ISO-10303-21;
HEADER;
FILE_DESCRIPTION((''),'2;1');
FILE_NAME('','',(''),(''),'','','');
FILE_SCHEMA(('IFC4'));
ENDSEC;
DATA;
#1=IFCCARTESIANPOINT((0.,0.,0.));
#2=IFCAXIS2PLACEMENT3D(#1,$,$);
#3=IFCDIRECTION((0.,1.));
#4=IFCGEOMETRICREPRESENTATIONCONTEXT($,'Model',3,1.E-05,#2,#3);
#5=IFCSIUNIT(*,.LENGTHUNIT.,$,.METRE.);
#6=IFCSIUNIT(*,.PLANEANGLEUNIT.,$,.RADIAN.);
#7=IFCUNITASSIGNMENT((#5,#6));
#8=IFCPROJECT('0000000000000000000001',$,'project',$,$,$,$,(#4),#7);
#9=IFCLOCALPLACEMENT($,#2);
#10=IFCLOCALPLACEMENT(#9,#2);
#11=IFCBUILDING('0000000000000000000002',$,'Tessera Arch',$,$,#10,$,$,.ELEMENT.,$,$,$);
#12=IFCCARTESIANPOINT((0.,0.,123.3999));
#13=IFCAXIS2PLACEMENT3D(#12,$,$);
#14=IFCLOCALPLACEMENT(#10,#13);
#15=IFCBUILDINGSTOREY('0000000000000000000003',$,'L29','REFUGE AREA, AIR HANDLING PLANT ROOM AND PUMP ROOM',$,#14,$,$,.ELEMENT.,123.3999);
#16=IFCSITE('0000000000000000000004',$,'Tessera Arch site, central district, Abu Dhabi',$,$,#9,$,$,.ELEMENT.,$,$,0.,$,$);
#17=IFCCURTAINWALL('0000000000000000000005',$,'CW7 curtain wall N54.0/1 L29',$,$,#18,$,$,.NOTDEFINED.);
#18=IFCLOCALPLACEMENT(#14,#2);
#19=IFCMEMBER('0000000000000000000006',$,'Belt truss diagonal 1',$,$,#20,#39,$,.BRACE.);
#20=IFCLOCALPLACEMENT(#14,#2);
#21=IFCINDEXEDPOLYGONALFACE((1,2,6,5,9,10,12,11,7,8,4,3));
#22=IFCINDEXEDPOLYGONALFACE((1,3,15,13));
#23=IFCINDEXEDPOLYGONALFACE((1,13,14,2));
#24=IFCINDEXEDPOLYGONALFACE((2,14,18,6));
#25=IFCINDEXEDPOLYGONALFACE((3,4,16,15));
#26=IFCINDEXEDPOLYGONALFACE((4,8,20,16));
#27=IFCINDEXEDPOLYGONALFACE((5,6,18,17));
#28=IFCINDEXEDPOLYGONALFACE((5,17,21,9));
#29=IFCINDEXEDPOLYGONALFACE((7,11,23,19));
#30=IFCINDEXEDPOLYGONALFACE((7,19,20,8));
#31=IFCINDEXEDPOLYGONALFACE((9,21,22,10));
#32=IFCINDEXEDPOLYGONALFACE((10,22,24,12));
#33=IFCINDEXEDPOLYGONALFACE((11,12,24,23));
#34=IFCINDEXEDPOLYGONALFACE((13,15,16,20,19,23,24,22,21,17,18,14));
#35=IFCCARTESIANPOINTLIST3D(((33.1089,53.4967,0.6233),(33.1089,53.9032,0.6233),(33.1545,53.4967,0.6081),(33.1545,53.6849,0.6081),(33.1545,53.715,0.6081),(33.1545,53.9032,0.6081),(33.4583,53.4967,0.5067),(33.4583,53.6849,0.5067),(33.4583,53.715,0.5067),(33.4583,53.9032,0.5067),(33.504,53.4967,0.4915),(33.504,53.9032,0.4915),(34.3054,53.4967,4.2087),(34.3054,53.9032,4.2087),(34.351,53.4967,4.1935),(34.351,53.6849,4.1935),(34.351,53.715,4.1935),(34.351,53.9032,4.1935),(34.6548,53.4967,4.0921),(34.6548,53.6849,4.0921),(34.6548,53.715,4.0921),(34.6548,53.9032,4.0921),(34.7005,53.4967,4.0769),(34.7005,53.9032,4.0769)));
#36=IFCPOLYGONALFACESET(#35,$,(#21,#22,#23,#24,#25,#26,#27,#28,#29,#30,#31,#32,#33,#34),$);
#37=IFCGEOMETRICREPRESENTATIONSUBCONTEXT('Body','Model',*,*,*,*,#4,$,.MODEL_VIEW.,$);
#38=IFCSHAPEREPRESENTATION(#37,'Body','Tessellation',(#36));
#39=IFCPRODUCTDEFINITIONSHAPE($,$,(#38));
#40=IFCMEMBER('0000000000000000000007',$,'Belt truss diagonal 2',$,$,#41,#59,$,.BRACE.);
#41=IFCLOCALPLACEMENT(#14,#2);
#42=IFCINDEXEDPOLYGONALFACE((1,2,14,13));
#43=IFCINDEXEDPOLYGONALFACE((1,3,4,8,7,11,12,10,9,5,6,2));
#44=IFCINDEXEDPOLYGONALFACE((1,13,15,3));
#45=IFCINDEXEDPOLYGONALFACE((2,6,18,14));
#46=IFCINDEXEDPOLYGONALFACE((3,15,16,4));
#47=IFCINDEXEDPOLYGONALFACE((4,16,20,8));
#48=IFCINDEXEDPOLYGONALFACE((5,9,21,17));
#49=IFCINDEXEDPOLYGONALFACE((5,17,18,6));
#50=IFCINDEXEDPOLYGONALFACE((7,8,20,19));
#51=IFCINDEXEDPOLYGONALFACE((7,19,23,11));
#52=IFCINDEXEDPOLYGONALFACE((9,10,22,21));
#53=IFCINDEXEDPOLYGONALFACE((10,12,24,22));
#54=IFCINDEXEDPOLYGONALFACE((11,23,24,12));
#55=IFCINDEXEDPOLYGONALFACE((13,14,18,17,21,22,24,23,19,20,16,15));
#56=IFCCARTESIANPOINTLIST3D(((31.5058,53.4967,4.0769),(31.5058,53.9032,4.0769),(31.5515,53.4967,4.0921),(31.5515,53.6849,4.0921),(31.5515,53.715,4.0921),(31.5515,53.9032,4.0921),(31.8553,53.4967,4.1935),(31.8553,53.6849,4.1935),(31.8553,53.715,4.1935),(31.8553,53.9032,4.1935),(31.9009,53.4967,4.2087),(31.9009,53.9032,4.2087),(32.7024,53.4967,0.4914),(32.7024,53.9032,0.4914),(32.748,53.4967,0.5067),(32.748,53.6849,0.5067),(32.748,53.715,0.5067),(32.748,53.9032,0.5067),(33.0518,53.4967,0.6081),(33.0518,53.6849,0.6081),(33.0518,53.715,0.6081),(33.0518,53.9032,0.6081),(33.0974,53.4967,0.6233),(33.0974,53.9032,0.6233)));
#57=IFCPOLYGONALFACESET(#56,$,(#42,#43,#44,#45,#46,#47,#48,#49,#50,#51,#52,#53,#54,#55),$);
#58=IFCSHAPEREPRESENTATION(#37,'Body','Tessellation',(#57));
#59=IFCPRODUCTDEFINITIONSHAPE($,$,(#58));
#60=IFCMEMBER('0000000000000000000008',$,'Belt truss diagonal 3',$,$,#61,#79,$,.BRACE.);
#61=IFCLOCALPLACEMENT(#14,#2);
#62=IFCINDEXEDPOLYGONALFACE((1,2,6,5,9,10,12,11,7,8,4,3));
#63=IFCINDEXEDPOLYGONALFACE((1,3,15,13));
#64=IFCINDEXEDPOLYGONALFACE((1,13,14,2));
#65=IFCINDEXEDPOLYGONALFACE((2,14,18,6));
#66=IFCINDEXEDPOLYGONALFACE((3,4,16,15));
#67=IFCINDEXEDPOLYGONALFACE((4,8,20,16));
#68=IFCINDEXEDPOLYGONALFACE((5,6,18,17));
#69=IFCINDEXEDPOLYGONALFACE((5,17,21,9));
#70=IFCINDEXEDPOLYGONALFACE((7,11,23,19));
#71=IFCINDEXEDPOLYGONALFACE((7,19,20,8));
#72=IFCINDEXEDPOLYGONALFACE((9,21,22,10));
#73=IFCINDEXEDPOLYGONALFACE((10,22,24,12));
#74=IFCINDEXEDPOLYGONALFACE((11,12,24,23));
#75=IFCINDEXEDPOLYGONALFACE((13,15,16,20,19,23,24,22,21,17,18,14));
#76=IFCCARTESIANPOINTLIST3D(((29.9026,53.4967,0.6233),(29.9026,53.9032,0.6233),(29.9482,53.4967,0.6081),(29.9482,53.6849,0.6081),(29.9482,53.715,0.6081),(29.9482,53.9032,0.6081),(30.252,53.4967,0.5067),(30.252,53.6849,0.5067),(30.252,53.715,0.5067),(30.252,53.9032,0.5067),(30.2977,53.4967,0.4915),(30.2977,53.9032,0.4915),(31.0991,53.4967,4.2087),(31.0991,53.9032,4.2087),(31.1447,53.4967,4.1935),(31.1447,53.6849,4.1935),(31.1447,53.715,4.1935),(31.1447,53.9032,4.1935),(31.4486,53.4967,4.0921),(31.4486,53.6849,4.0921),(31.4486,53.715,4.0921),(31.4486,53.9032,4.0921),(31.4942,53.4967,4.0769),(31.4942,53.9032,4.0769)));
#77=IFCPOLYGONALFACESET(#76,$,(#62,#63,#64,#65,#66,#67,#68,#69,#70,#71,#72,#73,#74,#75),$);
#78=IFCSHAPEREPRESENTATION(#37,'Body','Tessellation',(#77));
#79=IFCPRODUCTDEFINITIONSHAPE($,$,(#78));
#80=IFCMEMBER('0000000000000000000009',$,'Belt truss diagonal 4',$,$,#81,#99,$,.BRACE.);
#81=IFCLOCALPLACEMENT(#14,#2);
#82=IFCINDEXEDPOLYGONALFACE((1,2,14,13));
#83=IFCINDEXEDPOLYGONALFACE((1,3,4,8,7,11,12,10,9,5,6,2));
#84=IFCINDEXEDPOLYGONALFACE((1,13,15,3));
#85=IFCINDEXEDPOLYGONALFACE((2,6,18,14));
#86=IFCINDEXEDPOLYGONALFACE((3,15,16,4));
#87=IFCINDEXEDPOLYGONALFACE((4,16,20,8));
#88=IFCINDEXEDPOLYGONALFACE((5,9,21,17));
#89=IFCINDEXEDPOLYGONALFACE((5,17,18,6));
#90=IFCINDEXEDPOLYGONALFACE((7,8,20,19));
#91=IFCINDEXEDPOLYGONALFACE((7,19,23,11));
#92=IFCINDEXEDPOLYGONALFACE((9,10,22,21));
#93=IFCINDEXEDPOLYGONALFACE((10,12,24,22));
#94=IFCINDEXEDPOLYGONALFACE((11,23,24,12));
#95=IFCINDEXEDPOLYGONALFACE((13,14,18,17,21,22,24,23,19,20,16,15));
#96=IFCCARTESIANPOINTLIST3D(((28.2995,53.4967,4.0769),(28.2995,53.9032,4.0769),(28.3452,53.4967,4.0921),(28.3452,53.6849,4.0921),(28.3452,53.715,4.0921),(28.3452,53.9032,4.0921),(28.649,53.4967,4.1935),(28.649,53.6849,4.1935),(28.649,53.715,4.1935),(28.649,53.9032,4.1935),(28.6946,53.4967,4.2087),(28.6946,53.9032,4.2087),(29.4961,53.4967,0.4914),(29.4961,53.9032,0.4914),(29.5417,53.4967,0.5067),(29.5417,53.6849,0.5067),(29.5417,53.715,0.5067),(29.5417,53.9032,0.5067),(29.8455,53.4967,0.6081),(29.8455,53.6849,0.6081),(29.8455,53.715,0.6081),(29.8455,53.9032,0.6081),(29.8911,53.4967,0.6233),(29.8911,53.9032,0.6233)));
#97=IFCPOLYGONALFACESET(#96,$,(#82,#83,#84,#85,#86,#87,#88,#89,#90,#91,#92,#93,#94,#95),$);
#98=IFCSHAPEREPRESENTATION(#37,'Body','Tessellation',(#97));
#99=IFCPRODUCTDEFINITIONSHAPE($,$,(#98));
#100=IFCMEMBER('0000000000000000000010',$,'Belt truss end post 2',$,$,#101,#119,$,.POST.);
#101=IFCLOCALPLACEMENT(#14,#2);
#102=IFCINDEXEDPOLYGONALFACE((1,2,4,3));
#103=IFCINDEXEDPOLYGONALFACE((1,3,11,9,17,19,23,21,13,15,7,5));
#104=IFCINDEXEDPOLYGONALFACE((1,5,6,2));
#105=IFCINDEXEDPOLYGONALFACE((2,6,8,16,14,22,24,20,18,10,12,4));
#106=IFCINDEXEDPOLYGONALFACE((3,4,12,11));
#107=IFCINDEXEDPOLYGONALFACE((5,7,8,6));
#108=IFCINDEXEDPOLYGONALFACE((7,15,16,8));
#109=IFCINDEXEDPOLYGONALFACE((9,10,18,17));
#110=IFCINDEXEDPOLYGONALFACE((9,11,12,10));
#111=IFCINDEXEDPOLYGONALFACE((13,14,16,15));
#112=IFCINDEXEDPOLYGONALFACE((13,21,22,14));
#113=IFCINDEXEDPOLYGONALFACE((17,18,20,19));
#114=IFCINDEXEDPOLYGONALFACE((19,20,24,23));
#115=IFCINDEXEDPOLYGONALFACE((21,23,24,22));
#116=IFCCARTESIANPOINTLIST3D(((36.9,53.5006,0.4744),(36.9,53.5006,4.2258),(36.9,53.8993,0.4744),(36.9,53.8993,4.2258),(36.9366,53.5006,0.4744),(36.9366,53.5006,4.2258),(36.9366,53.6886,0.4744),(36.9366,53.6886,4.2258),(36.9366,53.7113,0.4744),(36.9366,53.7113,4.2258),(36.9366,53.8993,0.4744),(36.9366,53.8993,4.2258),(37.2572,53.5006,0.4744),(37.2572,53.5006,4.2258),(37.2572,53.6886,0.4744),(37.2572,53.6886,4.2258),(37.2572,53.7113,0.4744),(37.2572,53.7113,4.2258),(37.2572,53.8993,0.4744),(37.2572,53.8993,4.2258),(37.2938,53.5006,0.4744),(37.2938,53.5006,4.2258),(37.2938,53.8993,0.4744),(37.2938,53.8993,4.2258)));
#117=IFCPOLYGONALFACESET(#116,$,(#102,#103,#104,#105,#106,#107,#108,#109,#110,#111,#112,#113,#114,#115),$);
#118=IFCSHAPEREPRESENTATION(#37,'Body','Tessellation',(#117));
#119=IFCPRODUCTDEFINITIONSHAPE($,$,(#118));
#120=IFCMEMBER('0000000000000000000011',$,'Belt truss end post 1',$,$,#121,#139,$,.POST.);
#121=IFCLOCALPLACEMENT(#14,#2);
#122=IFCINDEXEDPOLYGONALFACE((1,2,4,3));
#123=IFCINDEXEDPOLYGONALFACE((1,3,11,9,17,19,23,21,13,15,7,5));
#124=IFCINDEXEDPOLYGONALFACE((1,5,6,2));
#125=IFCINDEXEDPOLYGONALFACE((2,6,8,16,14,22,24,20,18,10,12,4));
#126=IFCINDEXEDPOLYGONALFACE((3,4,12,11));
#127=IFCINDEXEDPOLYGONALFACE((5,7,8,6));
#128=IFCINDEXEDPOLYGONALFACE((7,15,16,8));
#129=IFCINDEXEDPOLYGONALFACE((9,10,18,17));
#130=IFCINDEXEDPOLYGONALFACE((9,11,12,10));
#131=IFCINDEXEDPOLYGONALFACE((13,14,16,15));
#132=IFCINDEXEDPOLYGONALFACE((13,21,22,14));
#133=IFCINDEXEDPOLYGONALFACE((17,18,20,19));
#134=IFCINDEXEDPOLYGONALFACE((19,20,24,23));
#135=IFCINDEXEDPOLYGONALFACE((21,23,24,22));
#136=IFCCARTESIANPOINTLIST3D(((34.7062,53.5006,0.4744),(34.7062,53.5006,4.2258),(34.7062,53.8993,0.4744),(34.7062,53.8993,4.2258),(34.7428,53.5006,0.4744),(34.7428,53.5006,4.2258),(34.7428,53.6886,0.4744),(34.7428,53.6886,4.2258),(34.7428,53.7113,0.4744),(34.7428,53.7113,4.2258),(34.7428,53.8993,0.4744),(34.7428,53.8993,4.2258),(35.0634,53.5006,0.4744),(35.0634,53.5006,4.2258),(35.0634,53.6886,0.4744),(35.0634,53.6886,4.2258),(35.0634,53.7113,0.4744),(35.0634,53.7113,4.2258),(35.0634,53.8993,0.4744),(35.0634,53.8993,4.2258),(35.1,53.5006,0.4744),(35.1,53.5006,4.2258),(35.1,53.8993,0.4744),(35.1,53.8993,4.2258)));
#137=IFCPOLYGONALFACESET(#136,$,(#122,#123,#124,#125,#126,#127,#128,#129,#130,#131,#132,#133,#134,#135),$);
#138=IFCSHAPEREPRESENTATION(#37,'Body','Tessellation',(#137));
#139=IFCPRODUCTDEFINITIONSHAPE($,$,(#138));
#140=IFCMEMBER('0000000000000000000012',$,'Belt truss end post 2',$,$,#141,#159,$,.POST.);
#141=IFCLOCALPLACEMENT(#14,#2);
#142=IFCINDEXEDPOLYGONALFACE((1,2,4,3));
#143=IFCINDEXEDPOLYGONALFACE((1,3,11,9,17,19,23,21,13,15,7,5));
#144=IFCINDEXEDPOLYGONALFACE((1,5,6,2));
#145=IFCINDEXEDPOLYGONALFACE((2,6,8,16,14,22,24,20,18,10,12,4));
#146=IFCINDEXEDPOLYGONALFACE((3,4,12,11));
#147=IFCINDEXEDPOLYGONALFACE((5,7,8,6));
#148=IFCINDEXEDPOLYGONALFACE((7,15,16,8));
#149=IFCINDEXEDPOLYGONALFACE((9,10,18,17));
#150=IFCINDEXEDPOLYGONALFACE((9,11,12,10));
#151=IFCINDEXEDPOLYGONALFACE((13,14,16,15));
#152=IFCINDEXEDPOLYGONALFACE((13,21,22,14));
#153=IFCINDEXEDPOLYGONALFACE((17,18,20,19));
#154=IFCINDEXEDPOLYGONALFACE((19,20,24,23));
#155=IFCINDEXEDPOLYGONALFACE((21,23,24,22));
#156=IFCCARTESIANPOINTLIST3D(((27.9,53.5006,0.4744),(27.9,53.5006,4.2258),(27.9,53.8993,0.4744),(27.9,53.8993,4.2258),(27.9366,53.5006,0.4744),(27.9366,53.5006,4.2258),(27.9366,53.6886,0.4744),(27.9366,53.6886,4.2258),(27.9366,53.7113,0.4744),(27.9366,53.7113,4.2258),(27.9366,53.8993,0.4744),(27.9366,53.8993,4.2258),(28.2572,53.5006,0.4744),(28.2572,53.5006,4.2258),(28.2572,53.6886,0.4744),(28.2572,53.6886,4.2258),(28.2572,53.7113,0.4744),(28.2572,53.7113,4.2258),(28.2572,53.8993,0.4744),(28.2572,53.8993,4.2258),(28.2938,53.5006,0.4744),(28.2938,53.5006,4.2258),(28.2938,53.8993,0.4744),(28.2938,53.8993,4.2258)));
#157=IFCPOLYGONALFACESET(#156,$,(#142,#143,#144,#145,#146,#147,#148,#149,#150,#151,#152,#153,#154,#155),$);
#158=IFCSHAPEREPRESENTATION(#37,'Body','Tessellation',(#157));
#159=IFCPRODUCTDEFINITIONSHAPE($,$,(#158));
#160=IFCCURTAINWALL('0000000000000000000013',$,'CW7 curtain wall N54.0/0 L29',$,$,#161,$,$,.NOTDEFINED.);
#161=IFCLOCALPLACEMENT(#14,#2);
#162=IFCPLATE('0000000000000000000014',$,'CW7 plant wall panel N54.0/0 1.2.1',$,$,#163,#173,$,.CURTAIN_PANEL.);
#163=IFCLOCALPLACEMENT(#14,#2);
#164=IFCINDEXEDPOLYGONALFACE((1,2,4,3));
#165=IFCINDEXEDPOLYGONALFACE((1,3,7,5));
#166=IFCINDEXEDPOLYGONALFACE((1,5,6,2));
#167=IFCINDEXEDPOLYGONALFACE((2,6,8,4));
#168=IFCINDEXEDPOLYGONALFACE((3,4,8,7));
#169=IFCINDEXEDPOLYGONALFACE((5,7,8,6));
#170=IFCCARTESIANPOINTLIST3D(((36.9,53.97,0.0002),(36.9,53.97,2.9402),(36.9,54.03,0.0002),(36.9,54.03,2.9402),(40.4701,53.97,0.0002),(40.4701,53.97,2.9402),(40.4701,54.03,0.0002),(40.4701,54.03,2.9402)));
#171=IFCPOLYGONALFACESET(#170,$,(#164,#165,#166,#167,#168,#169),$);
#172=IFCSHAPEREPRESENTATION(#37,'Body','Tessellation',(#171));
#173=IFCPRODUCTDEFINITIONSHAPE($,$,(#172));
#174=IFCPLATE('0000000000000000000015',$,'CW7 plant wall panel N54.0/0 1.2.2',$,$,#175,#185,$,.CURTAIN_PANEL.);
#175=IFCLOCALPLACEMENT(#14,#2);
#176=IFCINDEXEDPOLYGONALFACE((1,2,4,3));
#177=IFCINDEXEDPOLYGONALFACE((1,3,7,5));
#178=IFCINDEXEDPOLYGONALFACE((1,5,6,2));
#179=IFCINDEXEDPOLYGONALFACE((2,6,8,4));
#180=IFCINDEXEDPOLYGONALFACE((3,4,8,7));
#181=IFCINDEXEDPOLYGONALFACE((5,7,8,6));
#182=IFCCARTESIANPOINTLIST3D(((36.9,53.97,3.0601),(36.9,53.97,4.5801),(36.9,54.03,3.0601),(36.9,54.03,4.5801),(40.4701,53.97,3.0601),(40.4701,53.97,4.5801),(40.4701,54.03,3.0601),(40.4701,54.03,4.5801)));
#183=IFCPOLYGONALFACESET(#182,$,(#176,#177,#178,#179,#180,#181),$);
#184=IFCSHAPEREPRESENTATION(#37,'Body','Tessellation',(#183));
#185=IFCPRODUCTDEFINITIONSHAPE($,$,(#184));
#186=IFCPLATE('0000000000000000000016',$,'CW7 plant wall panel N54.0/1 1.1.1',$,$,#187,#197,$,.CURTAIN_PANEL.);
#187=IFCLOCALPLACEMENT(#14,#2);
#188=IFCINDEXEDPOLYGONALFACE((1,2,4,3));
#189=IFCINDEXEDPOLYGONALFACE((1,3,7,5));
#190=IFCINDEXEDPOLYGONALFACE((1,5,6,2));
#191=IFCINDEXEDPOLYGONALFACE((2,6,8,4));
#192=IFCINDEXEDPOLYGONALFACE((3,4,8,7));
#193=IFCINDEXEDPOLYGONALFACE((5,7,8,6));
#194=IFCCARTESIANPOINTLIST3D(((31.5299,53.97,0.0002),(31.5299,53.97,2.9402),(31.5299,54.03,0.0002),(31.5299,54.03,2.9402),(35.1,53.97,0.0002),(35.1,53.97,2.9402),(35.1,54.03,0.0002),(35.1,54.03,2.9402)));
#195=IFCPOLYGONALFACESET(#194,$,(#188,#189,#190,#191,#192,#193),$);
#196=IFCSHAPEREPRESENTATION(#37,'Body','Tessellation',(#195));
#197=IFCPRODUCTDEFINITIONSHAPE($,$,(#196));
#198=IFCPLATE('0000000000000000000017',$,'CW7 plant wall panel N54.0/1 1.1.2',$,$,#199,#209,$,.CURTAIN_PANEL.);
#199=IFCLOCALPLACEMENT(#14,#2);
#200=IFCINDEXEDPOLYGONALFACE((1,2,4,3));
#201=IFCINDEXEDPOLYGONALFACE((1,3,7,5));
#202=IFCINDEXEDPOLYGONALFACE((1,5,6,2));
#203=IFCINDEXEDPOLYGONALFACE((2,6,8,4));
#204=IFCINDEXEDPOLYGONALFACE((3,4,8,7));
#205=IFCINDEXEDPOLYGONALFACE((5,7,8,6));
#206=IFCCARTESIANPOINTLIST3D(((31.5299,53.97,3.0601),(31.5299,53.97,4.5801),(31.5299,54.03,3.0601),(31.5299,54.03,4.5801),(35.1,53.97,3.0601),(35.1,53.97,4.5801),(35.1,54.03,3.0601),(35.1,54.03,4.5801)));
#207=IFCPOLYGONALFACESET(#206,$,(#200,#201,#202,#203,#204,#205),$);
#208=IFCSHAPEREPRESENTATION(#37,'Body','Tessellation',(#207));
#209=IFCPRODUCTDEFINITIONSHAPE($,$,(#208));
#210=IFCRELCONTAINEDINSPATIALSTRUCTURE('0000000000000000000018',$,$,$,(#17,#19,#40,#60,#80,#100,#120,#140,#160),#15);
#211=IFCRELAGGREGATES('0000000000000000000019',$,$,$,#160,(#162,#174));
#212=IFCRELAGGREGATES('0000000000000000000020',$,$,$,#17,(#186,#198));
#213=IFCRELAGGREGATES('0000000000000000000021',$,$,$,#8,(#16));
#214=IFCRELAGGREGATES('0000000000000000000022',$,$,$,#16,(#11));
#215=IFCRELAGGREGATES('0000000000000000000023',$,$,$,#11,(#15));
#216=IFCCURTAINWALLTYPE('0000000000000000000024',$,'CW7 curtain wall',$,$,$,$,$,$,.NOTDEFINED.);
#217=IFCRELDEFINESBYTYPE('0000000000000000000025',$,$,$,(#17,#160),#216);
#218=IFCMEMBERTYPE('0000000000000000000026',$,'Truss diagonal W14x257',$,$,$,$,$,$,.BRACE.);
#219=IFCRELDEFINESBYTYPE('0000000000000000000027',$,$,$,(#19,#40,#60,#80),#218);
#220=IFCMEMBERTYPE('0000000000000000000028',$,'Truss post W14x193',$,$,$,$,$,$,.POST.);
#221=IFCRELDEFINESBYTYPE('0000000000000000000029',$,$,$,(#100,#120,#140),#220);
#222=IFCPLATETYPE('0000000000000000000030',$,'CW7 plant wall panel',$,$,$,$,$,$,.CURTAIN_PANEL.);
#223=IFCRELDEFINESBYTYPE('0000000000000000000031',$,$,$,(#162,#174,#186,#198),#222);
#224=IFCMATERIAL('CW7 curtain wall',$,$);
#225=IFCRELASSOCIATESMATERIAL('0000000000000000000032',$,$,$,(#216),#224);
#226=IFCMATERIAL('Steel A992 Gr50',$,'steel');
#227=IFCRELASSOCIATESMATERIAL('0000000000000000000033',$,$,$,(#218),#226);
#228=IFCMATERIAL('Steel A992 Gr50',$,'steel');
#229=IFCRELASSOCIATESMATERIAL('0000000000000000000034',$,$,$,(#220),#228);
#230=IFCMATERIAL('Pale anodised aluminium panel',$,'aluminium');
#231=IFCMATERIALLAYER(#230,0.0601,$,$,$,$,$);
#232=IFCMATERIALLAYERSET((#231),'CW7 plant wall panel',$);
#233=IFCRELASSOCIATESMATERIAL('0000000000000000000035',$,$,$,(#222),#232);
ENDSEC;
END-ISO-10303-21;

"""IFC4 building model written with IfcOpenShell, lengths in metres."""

from ifc_helpers import new_model, si_unit, direction, frame, origin, origin_2d, place, context, subcontext, project, spatial, rectangle, i_section, extrude, material, layer, layer_set, material_profile, profile_set, type_object, element, aggregate, save


model = new_model("IFC4")

# Units and contexts
model_context = context("Model", 3, precision=1e-05, world=origin(), true_north=direction((0.0, 1.0)))
body_context = subcontext(model_context, "Body", "Model", "MODEL_VIEW")
ifc_project = project(units=[si_unit("LENGTHUNIT", "METRE"), si_unit("PLANEANGLEUNIT", "RADIAN")], contexts=[model_context])

# Site, building, storey
site_placement = place(None, origin())
site = spatial("IfcSite", under=ifc_project, at=site_placement, Name="Tessera Arch site, central district, Abu Dhabi", CompositionType="ELEMENT", RefElevation=0.0)
building_placement = place(site_placement, origin())
building = spatial("IfcBuilding", under=site, at=building_placement, Name="Tessera Arch", CompositionType="ELEMENT")
storey_placement = place(building_placement, frame((0.0, 0.0, 123.3999)))
storey = spatial("IfcBuildingStorey", under=building, at=storey_placement, Name="L29", Description="REFUGE AREA, AIR HANDLING PLANT ROOM AND PUMP ROOM", CompositionType="ELEMENT", Elevation=123.3999)

# Curtain wall
ifc_material_1 = material(Name="CW7 curtain wall")
curtain_wall_type = type_object("IfcCurtainWallType", Name="CW7 curtain wall", PredefinedType="NOTDEFINED", material=ifc_material_1)
curtain_wall_1_placement = place(storey_placement, origin())
curtain_wall_1 = element("IfcCurtainWall", 1, at=curtain_wall_1_placement, inside=storey, type_object=curtain_wall_type, Name="CW7 curtain wall N54.0/1 L29", PredefinedType="NOTDEFINED")

# Members
ifc_material_2 = material(Name="Steel A992 Gr50", Category="steel")
ifc_material_profile_1 = material_profile(ifc_material_2, i_section(OverallWidth=0.4065, OverallDepth=0.4165, WebThickness=0.03, FlangeThickness=0.0481, at=origin_2d()), Name="W14x257")
ifc_profile_set_1 = profile_set([ifc_material_profile_1], Name="Steel A992 Gr50")
member_type_1 = type_object("IfcMemberType", Name="Truss diagonal W14x257", PredefinedType="BRACE", material=ifc_profile_set_1)
for number, where, z_axis, x_axis, name in (
    (2, (34.5029, 53.7, 4.1428), (-0.316557, 0.0, -0.948573), (0.0, -1.0, 0.0), "Belt truss diagonal 1"),
    (3, (32.8999, 53.7, 0.5574), (-0.316557, 0.0, 0.948573), (0.0, -1.0, 0.0), "Belt truss diagonal 2"),
    (4, (31.2966, 53.7, 4.1428), (-0.316557, 0.0, -0.948573), (0.0, -1.0, 0.0), "Belt truss diagonal 3"),
    (5, (29.6936, 53.7, 0.5574), (-0.316557, 0.0, 0.948573), (0.0, -1.0, 0.0), "Belt truss diagonal 4"),
):
    element("IfcMember", number, at=place(storey_placement, frame(where, z_axis=z_axis, x_axis=x_axis)), inside=storey, type_object=member_type_1, Name=name, PredefinedType="BRACE", context=body_context, shape_type="SweptSolid", body=[
        extrude(i_section(OverallWidth=0.4065, OverallDepth=0.4165, WebThickness=0.03, FlangeThickness=0.0481, at=origin_2d()), origin(), (0.0, 0.0, 1.0), 3.7798),
    ])
ifc_material_3 = material(Name="Steel A992 Gr50", Category="steel")
ifc_material_profile_2 = material_profile(ifc_material_3, i_section(OverallWidth=0.3987, OverallDepth=0.3938, WebThickness=0.0227, FlangeThickness=0.0366, at=origin_2d()), Name="W14x193")
ifc_profile_set_2 = profile_set([ifc_material_profile_2], Name="Steel A992 Gr50")
member_type_2 = type_object("IfcMemberType", Name="Truss post W14x193", PredefinedType="POST", material=ifc_profile_set_2)
for number, where, z_axis, x_axis, name in (
    (6, (37.0969, 53.7, 0.4744), (0.0, 0.0, 1.0), (0.0, 1.0, 0.0), "Belt truss end post 2"),
    (7, (34.9031, 53.7, 0.4744), (0.0, 0.0, 1.0), (0.0, 1.0, 0.0), "Belt truss end post 1"),
    (8, (28.0969, 53.7, 0.4744), (0.0, 0.0, 1.0), (0.0, 1.0, 0.0), "Belt truss end post 2"),
):
    element("IfcMember", number, at=place(storey_placement, frame(where, z_axis=z_axis, x_axis=x_axis)), inside=storey, type_object=member_type_2, Name=name, PredefinedType="POST", context=body_context, shape_type="SweptSolid", body=[
        extrude(i_section(OverallWidth=0.3987, OverallDepth=0.3938, WebThickness=0.0227, FlangeThickness=0.0366, at=origin_2d()), origin(), (0.0, 0.0, 1.0), 3.7515),
    ])

# Curtain wall, plates
curtain_wall_2_placement = place(storey_placement, origin())
curtain_wall_2 = element("IfcCurtainWall", 9, at=curtain_wall_2_placement, inside=storey, type_object=curtain_wall_type, Name="CW7 curtain wall N54.0/0 L29", PredefinedType="NOTDEFINED")
ifc_material_4 = material(Name="Pale anodised aluminium panel", Category="aluminium")
ifc_layer_1 = layer(ifc_material_4, 0.0601)
ifc_layer_set_1 = layer_set([ifc_layer_1], Name="CW7 plant wall panel")
plate_type_1 = type_object("IfcPlateType", Name="CW7 plant wall panel", PredefinedType="CURTAIN_PANEL", material=ifc_layer_set_1)
plate_1_placement = place(storey_placement, frame((38.6851, 54.0, 0.0002), z_axis=(0.0, 0.0, 1.0), x_axis=(-1.0, 0.0, 0.0)))
plate_1 = element("IfcPlate", 10, at=plate_1_placement, type_object=plate_type_1, Name="CW7 plant wall panel N54.0/0 1.2.1", PredefinedType="CURTAIN_PANEL", context=body_context, shape_type="SweptSolid", body=[
    extrude(rectangle(XDim=3.5701, YDim=0.0601, at=origin_2d()), origin(), (0.0, 0.0, 1.0), 2.9399),
])
plate_2_placement = place(storey_placement, frame((38.6851, 54.0, 3.0601), z_axis=(0.0, 0.0, 1.0), x_axis=(-1.0, 0.0, 0.0)))
plate_2 = element("IfcPlate", 11, at=plate_2_placement, type_object=plate_type_1, Name="CW7 plant wall panel N54.0/0 1.2.2", PredefinedType="CURTAIN_PANEL", context=body_context, shape_type="SweptSolid", body=[
    extrude(rectangle(XDim=3.5701, YDim=0.0601, at=origin_2d()), origin(), (0.0, 0.0, 1.0), 1.52),
])
aggregate(curtain_wall_2, [plate_1, plate_2])

# Plates
plate_3_placement = place(storey_placement, frame((33.3149, 54.0, 0.0002), z_axis=(0.0, 0.0, 1.0), x_axis=(-1.0, 0.0, 0.0)))
plate_3 = element("IfcPlate", 12, at=plate_3_placement, type_object=plate_type_1, Name="CW7 plant wall panel N54.0/1 1.1.1", PredefinedType="CURTAIN_PANEL", context=body_context, shape_type="SweptSolid", body=[
    extrude(rectangle(XDim=3.5701, YDim=0.0601, at=origin_2d()), origin(), (0.0, 0.0, 1.0), 2.9399),
])
plate_4_placement = place(storey_placement, frame((33.3149, 54.0, 3.0601), z_axis=(0.0, 0.0, 1.0), x_axis=(-1.0, 0.0, 0.0)))
plate_4 = element("IfcPlate", 13, at=plate_4_placement, type_object=plate_type_1, Name="CW7 plant wall panel N54.0/1 1.1.2", PredefinedType="CURTAIN_PANEL", context=body_context, shape_type="SweptSolid", body=[
    extrude(rectangle(XDim=3.5701, YDim=0.0601, at=origin_2d()), origin(), (0.0, 0.0, 1.0), 1.52),
])
aggregate(curtain_wall_1, [plate_3, plate_4])

save(model, "model.ifc")
